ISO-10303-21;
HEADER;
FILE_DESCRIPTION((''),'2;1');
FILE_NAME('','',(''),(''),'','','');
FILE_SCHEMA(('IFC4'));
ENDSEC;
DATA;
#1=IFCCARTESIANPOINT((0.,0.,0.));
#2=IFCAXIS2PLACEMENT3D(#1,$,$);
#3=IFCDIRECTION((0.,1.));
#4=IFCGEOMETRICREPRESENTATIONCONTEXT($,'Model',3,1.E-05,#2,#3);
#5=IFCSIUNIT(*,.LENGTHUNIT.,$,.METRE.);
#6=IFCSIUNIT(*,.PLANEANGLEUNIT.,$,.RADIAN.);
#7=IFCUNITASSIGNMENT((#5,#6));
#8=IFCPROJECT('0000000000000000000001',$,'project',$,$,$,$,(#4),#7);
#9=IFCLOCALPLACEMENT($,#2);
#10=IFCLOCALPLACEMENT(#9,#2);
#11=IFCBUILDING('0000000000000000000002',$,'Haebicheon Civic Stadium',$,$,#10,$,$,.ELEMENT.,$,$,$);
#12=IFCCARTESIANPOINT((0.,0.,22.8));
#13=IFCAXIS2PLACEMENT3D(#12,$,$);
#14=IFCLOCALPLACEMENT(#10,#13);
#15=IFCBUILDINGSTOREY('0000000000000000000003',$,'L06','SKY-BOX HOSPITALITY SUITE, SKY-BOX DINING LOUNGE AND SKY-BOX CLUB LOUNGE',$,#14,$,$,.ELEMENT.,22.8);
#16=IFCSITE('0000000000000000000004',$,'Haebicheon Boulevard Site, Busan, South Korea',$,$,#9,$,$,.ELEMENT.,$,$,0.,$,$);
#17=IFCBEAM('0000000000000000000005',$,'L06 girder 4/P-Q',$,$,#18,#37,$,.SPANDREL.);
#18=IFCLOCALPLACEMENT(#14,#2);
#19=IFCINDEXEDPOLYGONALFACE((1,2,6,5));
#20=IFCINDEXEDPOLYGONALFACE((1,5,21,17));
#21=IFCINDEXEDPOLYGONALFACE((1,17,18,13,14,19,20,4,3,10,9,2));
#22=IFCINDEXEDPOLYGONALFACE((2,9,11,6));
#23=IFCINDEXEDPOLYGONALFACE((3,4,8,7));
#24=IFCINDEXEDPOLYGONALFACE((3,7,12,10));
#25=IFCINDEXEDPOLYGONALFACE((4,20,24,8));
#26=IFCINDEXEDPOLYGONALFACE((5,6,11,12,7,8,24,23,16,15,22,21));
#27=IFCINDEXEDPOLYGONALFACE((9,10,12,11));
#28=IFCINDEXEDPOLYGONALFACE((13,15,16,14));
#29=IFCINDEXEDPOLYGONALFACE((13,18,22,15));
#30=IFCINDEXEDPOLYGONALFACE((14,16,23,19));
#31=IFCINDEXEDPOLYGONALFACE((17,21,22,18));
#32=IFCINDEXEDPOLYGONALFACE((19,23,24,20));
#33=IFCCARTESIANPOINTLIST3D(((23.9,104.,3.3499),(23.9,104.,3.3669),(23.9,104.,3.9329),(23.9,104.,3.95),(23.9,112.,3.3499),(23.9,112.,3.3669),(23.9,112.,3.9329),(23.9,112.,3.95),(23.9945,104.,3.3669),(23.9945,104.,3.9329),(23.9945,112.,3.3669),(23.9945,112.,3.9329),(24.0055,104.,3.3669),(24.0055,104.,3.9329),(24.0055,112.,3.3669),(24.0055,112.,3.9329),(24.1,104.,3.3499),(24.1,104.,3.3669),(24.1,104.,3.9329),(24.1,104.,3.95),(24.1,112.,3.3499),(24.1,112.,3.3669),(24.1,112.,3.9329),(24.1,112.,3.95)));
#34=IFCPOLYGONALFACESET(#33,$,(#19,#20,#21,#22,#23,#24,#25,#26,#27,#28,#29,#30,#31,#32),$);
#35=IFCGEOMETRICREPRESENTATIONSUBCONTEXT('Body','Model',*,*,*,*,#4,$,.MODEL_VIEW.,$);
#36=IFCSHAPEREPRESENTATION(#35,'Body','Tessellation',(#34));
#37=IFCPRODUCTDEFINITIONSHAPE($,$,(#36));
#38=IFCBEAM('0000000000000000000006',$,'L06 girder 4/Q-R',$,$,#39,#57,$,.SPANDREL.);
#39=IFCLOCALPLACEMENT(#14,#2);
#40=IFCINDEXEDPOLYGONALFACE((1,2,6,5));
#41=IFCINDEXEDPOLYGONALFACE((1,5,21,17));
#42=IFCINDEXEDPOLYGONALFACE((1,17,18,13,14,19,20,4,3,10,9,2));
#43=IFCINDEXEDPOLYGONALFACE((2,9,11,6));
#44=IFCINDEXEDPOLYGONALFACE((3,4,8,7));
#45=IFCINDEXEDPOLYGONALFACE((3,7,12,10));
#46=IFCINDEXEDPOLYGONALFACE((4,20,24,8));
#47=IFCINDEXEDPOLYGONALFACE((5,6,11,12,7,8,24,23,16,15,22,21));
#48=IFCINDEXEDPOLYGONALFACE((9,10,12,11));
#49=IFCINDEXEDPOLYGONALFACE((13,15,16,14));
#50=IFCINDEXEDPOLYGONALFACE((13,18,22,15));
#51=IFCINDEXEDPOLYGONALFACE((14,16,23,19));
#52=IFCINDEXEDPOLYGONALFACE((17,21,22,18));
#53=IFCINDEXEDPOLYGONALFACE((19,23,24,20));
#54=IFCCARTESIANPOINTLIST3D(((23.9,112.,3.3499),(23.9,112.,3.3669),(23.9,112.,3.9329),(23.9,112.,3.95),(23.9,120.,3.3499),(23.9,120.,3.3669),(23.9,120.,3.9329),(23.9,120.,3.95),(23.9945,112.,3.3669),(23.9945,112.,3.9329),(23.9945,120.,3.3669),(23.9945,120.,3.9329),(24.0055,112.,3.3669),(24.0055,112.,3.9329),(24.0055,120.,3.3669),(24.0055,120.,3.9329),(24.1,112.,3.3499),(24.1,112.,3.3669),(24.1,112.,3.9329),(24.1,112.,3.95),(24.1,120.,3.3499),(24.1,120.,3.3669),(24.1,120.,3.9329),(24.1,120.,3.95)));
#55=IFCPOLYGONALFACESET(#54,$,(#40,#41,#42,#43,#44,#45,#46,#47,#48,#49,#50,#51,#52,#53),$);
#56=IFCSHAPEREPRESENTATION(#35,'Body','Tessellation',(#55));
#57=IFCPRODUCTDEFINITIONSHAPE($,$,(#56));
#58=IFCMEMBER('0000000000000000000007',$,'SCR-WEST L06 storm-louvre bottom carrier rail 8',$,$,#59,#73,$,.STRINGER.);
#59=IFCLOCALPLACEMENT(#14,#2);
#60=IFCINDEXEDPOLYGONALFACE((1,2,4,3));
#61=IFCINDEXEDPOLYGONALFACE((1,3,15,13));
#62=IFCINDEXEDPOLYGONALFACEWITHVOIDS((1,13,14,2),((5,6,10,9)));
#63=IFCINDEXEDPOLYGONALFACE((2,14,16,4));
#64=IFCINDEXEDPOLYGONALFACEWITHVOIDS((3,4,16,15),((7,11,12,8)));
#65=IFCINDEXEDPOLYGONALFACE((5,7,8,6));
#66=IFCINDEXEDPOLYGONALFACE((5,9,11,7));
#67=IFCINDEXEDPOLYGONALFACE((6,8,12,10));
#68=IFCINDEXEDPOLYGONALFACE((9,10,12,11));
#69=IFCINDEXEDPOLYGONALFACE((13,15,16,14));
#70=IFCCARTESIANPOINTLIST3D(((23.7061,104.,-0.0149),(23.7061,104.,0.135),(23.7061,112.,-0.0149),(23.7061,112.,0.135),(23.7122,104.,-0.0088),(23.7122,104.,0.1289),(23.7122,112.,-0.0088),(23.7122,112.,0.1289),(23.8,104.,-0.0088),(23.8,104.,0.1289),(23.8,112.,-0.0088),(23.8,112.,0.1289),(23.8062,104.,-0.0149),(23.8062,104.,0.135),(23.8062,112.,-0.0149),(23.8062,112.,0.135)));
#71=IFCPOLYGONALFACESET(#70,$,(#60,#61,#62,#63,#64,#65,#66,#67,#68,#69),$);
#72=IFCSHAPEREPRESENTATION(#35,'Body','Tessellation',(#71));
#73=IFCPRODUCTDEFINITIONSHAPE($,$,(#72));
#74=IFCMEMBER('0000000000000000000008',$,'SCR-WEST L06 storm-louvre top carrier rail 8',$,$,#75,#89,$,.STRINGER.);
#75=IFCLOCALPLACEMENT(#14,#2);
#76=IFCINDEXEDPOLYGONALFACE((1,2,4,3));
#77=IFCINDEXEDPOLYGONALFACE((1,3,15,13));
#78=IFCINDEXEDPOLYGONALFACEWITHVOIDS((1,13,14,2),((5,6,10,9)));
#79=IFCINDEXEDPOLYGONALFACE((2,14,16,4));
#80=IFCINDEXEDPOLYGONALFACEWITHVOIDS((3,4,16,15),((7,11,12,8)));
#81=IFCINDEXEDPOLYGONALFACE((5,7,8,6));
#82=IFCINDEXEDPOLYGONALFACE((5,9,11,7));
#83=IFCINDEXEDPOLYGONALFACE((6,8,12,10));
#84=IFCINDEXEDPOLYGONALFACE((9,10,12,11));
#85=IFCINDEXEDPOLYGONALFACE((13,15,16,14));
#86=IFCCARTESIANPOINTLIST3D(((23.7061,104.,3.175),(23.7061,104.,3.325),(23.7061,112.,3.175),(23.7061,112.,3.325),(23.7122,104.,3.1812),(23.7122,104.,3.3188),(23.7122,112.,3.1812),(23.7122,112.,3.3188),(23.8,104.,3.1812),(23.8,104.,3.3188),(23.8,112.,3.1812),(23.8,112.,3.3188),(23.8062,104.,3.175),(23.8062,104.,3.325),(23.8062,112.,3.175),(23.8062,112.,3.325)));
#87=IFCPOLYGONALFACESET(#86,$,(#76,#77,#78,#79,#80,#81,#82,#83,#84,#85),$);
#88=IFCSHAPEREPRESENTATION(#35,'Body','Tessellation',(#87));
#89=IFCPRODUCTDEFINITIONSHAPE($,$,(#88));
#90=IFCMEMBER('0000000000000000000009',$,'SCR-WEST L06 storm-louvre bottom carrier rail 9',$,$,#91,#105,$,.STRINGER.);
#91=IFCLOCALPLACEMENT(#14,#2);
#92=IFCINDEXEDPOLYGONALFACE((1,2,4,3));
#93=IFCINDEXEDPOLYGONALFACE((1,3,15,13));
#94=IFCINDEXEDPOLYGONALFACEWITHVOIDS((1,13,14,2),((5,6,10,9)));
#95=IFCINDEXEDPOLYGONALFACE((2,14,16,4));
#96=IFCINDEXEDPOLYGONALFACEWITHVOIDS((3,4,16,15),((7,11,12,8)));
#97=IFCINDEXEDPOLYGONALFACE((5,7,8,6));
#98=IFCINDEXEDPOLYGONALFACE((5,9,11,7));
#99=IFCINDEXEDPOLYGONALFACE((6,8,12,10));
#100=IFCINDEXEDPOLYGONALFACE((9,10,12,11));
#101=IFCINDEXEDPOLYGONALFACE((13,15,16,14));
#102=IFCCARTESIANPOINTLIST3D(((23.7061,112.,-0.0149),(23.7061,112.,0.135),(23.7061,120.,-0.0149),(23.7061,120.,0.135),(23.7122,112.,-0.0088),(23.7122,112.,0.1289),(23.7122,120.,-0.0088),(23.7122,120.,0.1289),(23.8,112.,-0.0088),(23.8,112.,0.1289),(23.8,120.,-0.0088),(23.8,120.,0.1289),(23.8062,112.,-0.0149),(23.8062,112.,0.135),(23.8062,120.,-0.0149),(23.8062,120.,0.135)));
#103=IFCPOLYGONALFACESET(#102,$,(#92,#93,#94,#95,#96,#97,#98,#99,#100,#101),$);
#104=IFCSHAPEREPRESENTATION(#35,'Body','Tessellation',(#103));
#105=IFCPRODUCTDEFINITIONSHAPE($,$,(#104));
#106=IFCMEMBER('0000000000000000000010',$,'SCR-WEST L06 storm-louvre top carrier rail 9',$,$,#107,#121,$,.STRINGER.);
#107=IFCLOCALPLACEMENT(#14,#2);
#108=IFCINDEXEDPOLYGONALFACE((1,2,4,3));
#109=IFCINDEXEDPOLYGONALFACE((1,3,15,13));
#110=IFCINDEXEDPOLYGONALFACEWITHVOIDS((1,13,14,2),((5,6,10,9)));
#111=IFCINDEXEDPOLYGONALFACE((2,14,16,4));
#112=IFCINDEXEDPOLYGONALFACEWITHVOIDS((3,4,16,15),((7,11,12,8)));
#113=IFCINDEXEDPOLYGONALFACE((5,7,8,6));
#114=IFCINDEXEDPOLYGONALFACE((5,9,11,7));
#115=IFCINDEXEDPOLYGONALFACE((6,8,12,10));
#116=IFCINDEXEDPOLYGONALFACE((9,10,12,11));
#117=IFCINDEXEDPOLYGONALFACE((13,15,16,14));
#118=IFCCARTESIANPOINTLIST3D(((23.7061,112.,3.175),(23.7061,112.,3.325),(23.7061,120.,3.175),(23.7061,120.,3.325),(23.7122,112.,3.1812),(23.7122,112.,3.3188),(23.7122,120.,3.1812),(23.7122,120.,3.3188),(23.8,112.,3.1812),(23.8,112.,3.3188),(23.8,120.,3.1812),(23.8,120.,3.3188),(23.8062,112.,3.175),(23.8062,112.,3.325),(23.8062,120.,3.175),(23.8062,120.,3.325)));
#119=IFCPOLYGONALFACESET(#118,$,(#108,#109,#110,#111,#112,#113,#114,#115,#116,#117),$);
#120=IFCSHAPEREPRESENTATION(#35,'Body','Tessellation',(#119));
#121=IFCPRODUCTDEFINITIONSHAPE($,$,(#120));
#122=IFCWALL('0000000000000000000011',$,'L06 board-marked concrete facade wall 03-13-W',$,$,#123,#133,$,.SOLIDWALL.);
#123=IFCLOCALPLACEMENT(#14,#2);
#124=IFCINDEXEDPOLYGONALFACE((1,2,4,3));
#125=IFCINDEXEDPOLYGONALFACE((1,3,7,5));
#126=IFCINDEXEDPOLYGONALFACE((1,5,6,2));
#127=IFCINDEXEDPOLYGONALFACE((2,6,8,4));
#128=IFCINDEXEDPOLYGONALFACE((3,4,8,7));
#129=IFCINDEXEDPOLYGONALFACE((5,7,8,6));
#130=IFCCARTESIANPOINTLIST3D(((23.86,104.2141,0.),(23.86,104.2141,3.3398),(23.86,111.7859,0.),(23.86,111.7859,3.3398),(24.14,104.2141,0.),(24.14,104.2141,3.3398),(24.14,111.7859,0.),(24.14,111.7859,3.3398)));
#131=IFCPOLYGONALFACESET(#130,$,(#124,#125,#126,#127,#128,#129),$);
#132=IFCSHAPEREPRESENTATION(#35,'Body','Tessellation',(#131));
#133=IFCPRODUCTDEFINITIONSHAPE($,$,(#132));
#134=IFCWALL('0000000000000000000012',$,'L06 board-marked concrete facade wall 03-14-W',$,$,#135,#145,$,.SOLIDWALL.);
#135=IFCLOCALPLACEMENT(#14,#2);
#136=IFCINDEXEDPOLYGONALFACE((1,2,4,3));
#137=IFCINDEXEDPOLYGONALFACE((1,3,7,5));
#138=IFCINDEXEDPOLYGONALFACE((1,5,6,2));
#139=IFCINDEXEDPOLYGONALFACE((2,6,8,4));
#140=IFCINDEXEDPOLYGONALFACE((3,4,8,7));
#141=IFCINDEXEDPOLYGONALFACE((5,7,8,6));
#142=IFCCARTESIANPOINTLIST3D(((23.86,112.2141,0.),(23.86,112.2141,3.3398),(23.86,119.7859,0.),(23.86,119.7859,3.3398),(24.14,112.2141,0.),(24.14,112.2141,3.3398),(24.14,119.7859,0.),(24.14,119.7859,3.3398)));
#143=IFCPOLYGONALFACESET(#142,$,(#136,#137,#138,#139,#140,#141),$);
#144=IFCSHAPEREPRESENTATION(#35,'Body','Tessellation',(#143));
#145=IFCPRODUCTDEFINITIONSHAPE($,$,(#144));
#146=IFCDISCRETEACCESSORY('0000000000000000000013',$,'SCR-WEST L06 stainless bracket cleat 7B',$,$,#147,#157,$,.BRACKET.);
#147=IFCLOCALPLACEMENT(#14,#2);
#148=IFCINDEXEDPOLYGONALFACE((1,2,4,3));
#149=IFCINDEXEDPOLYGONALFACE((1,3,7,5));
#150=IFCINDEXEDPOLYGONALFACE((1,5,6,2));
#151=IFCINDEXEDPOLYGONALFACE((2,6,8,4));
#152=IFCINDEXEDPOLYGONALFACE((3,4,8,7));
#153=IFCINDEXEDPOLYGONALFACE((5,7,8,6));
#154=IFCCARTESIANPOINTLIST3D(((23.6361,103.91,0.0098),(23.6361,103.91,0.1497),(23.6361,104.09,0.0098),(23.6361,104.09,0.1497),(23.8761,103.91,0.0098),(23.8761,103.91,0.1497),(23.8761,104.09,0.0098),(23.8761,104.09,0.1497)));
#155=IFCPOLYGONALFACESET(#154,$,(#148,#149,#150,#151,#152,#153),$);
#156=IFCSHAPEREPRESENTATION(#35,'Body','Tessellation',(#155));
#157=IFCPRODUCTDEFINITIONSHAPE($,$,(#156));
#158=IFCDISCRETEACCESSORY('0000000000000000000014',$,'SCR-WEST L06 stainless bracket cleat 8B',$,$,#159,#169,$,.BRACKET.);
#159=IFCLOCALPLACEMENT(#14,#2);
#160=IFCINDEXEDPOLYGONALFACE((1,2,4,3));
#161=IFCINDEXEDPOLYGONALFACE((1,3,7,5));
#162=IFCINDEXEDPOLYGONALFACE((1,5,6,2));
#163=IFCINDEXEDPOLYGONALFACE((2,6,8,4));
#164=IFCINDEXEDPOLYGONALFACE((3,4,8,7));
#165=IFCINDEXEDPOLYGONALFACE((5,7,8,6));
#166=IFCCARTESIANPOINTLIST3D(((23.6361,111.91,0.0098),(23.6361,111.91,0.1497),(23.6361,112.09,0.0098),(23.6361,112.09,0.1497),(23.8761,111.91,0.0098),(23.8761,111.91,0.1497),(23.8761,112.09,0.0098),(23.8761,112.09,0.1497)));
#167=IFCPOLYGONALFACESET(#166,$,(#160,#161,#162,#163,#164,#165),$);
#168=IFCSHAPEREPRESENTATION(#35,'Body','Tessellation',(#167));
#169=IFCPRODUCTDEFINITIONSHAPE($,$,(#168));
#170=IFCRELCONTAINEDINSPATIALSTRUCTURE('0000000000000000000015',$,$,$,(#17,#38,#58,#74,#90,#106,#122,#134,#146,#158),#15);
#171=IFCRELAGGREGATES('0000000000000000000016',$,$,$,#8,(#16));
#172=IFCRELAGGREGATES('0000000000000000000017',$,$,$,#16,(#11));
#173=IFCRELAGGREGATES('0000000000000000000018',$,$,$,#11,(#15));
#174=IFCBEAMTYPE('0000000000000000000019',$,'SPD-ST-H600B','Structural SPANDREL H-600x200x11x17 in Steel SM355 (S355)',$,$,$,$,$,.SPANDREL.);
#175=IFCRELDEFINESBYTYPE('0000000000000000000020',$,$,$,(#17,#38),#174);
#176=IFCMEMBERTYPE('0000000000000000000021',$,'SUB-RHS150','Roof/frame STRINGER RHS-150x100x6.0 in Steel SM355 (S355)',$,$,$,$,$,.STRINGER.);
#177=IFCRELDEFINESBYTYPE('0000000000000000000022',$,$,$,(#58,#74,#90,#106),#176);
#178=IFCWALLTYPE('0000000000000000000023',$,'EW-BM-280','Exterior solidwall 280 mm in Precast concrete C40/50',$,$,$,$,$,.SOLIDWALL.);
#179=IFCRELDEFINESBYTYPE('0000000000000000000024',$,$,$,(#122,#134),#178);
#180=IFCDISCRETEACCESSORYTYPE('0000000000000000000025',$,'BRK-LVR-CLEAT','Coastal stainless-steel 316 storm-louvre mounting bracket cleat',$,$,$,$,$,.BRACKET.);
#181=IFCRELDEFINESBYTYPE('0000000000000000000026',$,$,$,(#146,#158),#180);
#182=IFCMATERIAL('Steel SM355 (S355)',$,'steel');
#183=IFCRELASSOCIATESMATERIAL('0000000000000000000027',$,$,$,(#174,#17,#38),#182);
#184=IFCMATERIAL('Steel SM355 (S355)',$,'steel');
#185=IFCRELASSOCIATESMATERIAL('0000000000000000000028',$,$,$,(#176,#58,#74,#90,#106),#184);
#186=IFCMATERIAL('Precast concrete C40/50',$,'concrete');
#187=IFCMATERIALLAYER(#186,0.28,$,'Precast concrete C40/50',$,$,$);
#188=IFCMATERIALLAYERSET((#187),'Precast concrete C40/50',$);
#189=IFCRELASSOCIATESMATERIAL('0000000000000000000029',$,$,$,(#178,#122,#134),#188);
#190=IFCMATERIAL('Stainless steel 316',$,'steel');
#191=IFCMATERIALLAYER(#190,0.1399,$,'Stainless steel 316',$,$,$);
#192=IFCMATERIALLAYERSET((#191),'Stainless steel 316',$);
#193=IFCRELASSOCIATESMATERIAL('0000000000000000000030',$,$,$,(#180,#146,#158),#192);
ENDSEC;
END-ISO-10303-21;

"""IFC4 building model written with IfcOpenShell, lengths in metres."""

from ifc_helpers import new_model, si_unit, direction, frame, frame_2d, origin, origin_2d, place, context, subcontext, project, spatial, rectangle, hollow_rectangle, i_section, extrude, material, layer, layer_set, material_profile, profile_set, type_object, element, save


model = new_model("IFC4")

# Units and contexts
model_context = context("Model", 3, precision=1e-05, world=origin(), true_north=direction((0.0, 1.0)))
body_context = subcontext(model_context, "Body", "Model", "MODEL_VIEW")
ifc_project = project(units=[si_unit("LENGTHUNIT", "METRE"), si_unit("PLANEANGLEUNIT", "RADIAN")], contexts=[model_context])

# Site, building, storey
site_placement = place(None, origin())
site = spatial("IfcSite", under=ifc_project, at=site_placement, Name="Haebicheon Boulevard Site, Busan, South Korea", CompositionType="ELEMENT", RefElevation=0.0)
building_placement = place(site_placement, origin())
building = spatial("IfcBuilding", under=site, at=building_placement, Name="Haebicheon Civic Stadium", CompositionType="ELEMENT")
storey_placement = place(building_placement, frame((0.0, 0.0, 22.8)))
storey = spatial("IfcBuildingStorey", under=building, at=storey_placement, Name="L06", Description="SKY-BOX HOSPITALITY SUITE, SKY-BOX DINING LOUNGE AND SKY-BOX CLUB LOUNGE", CompositionType="ELEMENT", Elevation=22.8)

# Beams
ifc_material_1 = material(Name="Steel SM355 (S355)", Category="steel")
ifc_material_profile_1 = material_profile(ifc_material_1, i_section(OverallWidth=0.2, OverallDepth=0.6001, WebThickness=0.011, FlangeThickness=0.0171, at=origin_2d()), Name="H-600x200x11x17")
ifc_profile_set_1 = profile_set([ifc_material_profile_1], Name="Steel SM355 (S355)")
beam_type_1 = type_object("IfcBeamType", Name="SPD-ST-H600B", Description="Structural SPANDREL H-600x200x11x17 in Steel SM355 (S355)", PredefinedType="SPANDREL", material=ifc_profile_set_1)
for number, where, z_axis, x_axis, name in (
    (1, (24.0, 104.0, 3.6499), (0.0, 1.0, 0.0), (-1.0, 0.0, 0.0), "L06 girder 4/P-Q"),
    (2, (24.0, 112.0, 3.6499), (0.0, 1.0, 0.0), (-1.0, 0.0, 0.0), "L06 girder 4/Q-R"),
):
    element("IfcBeam", number, at=place(storey_placement, frame(where, z_axis=z_axis, x_axis=x_axis)), inside=storey, type_object=beam_type_1, material=ifc_profile_set_1, Name=name, PredefinedType="SPANDREL", context=body_context, shape_type="SweptSolid", body=[
        extrude(i_section(OverallWidth=0.2, OverallDepth=0.6001, WebThickness=0.011, FlangeThickness=0.0171, at=origin_2d()), origin(), (0.0, 0.0, 1.0), 8.0),
    ])

# Members
ifc_material_2 = material(Name="Steel SM355 (S355)", Category="steel")
ifc_material_profile_2 = material_profile(ifc_material_2, hollow_rectangle(XDim=0.1001, YDim=0.1499, WallThickness=0.0061, at=origin_2d()), Name="RHS-150x100x6.0")
ifc_profile_set_2 = profile_set([ifc_material_profile_2], Name="Steel SM355 (S355)")
member_type_1 = type_object("IfcMemberType", Name="SUB-RHS150", Description="Roof/frame STRINGER RHS-150x100x6.0 in Steel SM355 (S355)", PredefinedType="STRINGER", material=ifc_profile_set_2)
for number, where, z_axis, x_axis, name in (
    (3, (23.7561, 104.0, 0.0601), (0.0, 1.0, 0.0), (-1.0, 0.0, 0.0), "SCR-WEST L06 storm-louvre bottom carrier rail 8"),
    (4, (23.7561, 104.0, 3.25), (0.0, 1.0, 0.0), (-1.0, 0.0, 0.0), "SCR-WEST L06 storm-louvre top carrier rail 8"),
    (5, (23.7561, 112.0, 0.0601), (0.0, 1.0, 0.0), (-1.0, 0.0, 0.0), "SCR-WEST L06 storm-louvre bottom carrier rail 9"),
    (6, (23.7561, 112.0, 3.25), (0.0, 1.0, 0.0), (-1.0, 0.0, 0.0), "SCR-WEST L06 storm-louvre top carrier rail 9"),
):
    element("IfcMember", number, at=place(storey_placement, frame(where, z_axis=z_axis, x_axis=x_axis)), inside=storey, type_object=member_type_1, material=ifc_profile_set_2, Name=name, PredefinedType="STRINGER", context=body_context, shape_type="SweptSolid", body=[
        extrude(hollow_rectangle(XDim=0.1001, YDim=0.1499, WallThickness=0.0061, at=origin_2d()), origin(), (0.0, 0.0, 1.0), 8.0),
    ])

# Walls
ifc_material_3 = material(Name="Precast concrete C40/50", Category="concrete")
ifc_layer_1 = layer(ifc_material_3, 0.28, Name="Precast concrete C40/50")
ifc_layer_set_1 = layer_set([ifc_layer_1], Name="Precast concrete C40/50")
wall_type = type_object("IfcWallType", Name="EW-BM-280", Description="Exterior solidwall 280 mm in Precast concrete C40/50", PredefinedType="SOLIDWALL", material=ifc_layer_set_1)
for number, where, z_axis, x_axis, name in (
    (7, (24.0, 104.2141, 0.0), (0.0, 0.0, 1.0), (0.0, 1.0, 0.0), "L06 board-marked concrete facade wall 03-13-W"),
    (8, (24.0, 112.2141, 0.0), (0.0, 0.0, 1.0), (0.0, 1.0, 0.0), "L06 board-marked concrete facade wall 03-14-W"),
):
    element("IfcWall", number, at=place(storey_placement, frame(where, z_axis=z_axis, x_axis=x_axis)), inside=storey, type_object=wall_type, material=ifc_layer_set_1, Name=name, PredefinedType="SOLIDWALL", context=body_context, shape_type="SweptSolid", body=[
        extrude(rectangle(XDim=7.5718, YDim=0.28, at=frame_2d((3.7859, 0.0))), origin(), (0.0, 0.0, 1.0), 3.3398),
    ])

# Discrete accessories
ifc_material_4 = material(Name="Stainless steel 316", Category="steel")
ifc_layer_2 = layer(ifc_material_4, 0.1399, Name="Stainless steel 316")
ifc_layer_set_2 = layer_set([ifc_layer_2], Name="Stainless steel 316")
discrete_accessory_type = type_object("IfcDiscreteAccessoryType", Name="BRK-LVR-CLEAT", Description="Coastal stainless-steel 316 storm-louvre mounting bracket cleat", PredefinedType="BRACKET", material=ifc_layer_set_2)
for number, where, z_axis, x_axis, name in (
    (9, (23.7561, 104.0, 0.0098), (0.0, 0.0, 1.0), (1.0, 0.0, 0.0), "SCR-WEST L06 stainless bracket cleat 7B"),
    (10, (23.7561, 112.0, 0.0098), (0.0, 0.0, 1.0), (1.0, 0.0, 0.0), "SCR-WEST L06 stainless bracket cleat 8B"),
):
    element("IfcDiscreteAccessory", number, at=place(storey_placement, frame(where, z_axis=z_axis, x_axis=x_axis)), inside=storey, type_object=discrete_accessory_type, material=ifc_layer_set_2, Name=name, PredefinedType="BRACKET", context=body_context, shape_type="SweptSolid", body=[
        extrude(rectangle(XDim=0.24, YDim=0.1799, at=origin_2d()), origin(), (0.0, 0.0, 1.0), 0.1399),
    ])

save(model, "model.ifc")
